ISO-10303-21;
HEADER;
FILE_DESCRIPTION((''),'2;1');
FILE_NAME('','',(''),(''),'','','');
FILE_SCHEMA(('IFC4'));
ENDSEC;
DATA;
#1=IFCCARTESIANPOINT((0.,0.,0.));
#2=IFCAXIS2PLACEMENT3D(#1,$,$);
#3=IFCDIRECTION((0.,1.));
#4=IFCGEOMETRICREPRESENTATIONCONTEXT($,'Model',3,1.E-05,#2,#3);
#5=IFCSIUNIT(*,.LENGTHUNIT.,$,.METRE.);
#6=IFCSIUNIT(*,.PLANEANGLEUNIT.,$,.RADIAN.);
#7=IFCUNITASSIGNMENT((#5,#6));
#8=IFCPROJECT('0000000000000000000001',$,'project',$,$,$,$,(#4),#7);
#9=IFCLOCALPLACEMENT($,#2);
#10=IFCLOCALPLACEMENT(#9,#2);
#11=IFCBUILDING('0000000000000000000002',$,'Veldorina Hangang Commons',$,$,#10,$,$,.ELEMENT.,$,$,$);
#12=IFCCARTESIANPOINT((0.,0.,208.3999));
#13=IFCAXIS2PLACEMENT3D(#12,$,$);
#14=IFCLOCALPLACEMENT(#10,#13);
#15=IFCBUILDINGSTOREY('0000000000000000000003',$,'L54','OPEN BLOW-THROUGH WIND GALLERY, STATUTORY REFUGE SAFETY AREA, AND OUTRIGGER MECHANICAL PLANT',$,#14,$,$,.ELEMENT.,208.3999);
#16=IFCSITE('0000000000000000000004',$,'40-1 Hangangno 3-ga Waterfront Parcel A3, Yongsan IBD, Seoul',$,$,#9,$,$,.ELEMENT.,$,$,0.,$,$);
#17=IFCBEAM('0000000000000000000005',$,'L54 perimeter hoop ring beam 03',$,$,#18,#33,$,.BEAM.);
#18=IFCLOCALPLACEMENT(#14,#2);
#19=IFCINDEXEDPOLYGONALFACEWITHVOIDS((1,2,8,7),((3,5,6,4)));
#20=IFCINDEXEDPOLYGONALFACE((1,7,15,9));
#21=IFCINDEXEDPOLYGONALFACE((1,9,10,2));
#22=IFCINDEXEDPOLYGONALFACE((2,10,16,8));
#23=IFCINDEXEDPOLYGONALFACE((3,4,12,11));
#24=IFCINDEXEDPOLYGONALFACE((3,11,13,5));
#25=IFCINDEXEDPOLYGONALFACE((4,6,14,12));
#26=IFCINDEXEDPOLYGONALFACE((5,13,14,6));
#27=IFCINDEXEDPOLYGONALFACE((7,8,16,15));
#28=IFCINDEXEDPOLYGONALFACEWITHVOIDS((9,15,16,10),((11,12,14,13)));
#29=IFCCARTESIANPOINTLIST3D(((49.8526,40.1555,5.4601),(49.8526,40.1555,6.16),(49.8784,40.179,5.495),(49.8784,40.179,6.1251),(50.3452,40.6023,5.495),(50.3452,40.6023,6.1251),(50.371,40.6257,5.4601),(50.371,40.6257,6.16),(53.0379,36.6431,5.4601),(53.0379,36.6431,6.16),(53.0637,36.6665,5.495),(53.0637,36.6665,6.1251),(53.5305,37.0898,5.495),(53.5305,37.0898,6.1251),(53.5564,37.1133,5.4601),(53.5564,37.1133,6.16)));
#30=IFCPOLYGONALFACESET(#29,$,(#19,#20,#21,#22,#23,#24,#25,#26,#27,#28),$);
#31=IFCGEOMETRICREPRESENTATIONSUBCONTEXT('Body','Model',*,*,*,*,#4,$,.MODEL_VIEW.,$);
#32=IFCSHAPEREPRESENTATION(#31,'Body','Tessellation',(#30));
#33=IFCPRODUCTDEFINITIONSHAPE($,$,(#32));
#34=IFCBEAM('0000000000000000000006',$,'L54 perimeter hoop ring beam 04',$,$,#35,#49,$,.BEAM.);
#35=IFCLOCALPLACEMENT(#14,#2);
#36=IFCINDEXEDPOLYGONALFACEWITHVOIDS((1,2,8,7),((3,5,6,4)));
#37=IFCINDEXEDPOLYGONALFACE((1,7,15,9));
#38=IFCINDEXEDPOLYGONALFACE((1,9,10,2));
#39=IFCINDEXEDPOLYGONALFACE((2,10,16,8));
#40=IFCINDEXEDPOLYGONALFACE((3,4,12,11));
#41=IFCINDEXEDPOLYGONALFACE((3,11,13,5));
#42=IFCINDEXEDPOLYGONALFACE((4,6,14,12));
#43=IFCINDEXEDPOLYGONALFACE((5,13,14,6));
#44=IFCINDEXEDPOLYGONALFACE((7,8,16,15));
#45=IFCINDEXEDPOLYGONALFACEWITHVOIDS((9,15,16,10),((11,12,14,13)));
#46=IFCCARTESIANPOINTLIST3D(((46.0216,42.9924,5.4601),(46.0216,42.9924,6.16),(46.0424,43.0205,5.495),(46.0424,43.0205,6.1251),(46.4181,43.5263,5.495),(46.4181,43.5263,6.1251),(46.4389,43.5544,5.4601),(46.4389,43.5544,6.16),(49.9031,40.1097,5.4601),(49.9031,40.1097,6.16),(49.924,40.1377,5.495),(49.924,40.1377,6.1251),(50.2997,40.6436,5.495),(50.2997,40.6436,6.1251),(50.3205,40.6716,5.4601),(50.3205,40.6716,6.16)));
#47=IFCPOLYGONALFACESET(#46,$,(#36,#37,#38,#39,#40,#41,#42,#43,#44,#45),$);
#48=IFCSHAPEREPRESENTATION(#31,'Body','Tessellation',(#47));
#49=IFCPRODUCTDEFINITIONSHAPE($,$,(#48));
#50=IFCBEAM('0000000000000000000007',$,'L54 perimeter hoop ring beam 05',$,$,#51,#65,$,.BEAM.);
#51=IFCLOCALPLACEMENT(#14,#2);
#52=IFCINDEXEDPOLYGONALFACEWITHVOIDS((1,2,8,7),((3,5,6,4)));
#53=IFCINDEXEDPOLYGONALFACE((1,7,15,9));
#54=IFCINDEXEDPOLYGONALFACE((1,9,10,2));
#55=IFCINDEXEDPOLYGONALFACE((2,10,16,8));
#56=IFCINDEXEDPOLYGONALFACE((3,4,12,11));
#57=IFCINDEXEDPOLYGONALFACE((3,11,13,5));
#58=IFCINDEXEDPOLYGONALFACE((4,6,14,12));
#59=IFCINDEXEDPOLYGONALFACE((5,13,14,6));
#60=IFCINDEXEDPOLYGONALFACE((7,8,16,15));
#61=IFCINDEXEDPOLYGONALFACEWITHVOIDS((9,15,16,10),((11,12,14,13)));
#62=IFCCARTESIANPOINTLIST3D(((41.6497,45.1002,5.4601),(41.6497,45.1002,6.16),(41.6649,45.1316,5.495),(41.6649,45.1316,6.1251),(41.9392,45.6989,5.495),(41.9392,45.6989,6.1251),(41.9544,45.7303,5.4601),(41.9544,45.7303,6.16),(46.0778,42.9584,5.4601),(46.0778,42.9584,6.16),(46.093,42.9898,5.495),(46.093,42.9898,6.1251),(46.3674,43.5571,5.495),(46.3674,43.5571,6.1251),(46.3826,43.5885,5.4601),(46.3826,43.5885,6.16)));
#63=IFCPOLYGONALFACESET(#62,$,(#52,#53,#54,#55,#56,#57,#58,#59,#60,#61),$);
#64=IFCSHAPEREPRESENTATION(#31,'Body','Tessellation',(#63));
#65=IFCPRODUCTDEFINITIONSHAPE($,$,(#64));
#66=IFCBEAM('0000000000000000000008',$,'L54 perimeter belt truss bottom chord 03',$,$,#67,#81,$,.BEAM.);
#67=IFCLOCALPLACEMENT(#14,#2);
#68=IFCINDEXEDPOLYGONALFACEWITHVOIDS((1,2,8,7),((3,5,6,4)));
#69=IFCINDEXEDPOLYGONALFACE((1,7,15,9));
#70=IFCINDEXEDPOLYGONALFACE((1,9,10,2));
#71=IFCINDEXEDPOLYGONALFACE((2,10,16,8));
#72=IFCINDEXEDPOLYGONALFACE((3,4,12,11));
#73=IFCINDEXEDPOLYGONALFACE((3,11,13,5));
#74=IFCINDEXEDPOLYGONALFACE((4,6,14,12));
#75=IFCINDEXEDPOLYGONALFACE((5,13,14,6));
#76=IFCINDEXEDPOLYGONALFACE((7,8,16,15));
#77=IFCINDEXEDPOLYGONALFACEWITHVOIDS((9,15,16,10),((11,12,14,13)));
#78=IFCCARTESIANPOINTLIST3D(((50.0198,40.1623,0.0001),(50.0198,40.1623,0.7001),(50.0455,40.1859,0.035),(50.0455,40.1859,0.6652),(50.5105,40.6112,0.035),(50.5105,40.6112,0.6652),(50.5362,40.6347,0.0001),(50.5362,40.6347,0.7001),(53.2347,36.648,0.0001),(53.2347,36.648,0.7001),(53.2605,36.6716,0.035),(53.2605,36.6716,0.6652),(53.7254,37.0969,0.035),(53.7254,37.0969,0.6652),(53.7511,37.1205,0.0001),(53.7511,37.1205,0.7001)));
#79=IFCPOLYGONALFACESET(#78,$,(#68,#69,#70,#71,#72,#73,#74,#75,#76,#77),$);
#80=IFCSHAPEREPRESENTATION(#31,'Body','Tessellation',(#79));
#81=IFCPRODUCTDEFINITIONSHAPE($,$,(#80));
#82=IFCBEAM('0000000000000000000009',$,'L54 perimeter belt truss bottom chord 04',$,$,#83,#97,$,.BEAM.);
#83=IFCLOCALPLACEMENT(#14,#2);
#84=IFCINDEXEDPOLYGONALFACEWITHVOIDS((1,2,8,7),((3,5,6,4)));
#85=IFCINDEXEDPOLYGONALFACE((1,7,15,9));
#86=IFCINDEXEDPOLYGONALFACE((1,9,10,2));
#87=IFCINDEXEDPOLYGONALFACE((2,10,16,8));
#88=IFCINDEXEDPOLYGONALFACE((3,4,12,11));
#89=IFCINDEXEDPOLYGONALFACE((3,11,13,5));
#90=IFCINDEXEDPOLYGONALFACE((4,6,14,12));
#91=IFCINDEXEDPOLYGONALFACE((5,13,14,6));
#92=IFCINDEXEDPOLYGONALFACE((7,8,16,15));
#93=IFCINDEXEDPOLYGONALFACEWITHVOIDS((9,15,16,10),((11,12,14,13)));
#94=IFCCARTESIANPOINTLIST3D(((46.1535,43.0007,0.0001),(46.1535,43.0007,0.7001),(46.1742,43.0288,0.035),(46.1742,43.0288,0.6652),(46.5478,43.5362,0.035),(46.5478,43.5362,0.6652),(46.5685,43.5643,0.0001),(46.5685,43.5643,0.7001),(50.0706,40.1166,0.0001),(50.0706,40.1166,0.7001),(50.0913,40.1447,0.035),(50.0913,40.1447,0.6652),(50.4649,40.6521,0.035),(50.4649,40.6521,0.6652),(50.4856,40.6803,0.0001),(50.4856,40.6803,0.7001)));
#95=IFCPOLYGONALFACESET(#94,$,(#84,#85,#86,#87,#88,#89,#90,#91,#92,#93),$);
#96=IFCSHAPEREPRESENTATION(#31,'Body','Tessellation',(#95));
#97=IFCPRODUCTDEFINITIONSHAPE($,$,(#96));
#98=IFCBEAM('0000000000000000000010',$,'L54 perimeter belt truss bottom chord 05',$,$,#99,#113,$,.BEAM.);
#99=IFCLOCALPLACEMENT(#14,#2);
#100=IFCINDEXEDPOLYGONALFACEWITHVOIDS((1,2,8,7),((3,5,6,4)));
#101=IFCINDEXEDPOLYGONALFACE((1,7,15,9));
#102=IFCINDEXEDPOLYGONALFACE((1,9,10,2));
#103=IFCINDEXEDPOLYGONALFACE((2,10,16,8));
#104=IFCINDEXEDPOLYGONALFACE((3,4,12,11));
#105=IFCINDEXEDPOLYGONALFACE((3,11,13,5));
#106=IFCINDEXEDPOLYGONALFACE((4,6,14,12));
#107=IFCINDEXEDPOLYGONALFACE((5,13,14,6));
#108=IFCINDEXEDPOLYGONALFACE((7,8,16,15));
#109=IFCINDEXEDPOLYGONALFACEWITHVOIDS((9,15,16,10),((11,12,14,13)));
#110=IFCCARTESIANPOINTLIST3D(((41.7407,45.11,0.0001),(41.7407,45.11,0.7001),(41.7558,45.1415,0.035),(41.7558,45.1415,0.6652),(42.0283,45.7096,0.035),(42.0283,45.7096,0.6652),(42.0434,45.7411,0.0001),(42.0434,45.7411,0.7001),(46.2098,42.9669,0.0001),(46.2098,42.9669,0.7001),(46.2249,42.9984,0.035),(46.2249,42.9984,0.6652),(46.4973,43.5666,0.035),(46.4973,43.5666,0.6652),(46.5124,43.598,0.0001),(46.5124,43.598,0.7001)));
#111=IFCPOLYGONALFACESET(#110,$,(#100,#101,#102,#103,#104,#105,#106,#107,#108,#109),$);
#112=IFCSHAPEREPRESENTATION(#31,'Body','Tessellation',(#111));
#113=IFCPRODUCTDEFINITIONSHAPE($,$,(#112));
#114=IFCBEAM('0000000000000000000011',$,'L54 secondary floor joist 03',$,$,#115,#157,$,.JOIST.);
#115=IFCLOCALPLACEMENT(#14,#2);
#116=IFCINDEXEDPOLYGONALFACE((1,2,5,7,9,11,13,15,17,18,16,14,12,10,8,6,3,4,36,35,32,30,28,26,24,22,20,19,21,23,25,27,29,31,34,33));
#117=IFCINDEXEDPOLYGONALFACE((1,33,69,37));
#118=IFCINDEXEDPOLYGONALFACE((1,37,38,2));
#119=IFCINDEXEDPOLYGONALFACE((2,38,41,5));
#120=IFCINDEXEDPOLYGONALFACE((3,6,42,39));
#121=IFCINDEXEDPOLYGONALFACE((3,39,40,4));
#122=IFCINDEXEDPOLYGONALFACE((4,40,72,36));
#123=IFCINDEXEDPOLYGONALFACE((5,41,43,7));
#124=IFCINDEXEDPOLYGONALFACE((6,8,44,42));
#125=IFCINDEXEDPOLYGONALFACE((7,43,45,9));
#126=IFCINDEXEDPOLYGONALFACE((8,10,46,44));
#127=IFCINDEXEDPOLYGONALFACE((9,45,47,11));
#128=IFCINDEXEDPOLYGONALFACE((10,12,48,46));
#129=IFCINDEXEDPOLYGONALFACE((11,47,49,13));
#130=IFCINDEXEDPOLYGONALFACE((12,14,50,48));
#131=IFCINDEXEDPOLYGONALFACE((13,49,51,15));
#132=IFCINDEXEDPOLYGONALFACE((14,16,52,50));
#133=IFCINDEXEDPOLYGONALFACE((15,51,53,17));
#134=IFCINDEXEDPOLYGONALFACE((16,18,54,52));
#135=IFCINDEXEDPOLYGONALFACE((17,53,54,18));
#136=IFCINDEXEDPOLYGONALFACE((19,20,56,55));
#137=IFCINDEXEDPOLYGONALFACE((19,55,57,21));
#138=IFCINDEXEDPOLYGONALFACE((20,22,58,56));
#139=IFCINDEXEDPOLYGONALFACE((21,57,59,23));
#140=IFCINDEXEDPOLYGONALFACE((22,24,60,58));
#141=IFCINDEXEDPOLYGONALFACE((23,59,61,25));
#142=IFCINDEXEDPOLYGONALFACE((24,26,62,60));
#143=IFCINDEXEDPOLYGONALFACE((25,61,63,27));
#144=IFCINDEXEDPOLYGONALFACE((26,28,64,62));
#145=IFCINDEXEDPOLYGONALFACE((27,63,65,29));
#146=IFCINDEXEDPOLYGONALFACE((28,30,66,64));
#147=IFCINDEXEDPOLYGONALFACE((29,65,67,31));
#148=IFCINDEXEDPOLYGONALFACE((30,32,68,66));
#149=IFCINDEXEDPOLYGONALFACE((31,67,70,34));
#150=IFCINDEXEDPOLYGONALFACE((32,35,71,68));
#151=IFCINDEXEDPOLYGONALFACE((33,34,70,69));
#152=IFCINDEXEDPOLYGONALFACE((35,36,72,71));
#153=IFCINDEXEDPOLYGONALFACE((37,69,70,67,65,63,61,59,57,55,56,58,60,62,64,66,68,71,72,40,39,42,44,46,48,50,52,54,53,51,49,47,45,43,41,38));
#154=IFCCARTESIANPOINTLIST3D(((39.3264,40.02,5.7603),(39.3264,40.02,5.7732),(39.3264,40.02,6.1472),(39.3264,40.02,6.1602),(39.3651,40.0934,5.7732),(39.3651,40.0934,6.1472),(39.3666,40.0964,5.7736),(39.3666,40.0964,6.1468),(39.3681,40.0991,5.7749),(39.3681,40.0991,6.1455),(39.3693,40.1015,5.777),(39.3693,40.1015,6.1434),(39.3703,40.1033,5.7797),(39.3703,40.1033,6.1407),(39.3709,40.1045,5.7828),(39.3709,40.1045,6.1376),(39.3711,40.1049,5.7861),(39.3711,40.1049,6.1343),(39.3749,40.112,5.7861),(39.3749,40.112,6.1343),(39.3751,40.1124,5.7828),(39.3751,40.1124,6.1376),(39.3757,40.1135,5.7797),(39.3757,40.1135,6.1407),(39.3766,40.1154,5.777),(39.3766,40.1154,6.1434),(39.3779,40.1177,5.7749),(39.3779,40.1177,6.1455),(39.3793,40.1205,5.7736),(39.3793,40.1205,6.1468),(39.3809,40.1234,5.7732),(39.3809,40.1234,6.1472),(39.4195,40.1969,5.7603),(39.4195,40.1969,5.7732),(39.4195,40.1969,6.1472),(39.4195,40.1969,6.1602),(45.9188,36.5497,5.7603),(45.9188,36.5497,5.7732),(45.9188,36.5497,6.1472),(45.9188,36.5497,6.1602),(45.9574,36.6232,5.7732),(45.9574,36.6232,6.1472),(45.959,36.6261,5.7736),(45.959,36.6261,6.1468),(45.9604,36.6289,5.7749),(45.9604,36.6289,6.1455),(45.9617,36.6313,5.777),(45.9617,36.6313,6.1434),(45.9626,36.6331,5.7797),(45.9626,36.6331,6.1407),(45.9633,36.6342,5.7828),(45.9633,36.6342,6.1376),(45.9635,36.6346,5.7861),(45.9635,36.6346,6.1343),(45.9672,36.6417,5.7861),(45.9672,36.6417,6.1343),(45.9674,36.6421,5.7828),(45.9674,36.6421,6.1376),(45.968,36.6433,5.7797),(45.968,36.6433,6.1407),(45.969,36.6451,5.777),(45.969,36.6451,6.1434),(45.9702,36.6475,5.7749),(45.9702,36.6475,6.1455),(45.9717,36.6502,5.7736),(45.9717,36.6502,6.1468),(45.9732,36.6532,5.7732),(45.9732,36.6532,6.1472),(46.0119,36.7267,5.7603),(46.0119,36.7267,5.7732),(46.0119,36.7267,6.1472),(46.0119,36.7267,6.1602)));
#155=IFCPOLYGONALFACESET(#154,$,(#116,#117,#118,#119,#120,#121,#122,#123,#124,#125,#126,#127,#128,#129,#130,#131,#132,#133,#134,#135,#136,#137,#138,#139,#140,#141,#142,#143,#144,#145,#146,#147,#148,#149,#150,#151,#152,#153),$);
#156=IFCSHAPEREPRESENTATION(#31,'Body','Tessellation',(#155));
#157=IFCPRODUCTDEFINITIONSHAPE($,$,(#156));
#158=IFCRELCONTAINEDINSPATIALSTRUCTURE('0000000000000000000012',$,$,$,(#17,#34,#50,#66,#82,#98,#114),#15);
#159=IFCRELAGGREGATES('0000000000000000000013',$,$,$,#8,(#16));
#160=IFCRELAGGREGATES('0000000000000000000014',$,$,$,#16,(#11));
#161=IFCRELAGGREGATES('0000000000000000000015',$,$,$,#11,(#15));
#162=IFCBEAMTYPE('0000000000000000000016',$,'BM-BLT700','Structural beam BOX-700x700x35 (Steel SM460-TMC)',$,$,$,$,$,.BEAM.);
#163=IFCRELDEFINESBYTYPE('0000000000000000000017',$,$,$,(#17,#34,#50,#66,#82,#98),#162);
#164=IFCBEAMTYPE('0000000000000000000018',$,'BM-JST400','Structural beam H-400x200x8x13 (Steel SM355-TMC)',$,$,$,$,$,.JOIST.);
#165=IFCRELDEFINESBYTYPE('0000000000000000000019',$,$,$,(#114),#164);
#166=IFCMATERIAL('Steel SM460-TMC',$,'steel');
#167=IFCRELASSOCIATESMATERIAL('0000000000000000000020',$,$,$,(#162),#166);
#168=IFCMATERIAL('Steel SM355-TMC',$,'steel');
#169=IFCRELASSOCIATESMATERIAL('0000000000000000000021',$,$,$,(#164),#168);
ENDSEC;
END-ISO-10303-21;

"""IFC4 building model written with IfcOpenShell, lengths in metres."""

from ifc_helpers import new_model, si_unit, direction, frame, origin, origin_2d, place, context, subcontext, project, spatial, hollow_rectangle, i_section, extrude, material, material_profile, profile_set, type_object, element, save


model = new_model("IFC4")

# Units and contexts
model_context = context("Model", 3, precision=1e-05, world=origin(), true_north=direction((0.0, 1.0)))
body_context = subcontext(model_context, "Body", "Model", "MODEL_VIEW")
ifc_project = project(units=[si_unit("LENGTHUNIT", "METRE"), si_unit("PLANEANGLEUNIT", "RADIAN")], contexts=[model_context])

# Site, building, storey
site_placement = place(None, origin())
site = spatial("IfcSite", under=ifc_project, at=site_placement, Name="40-1 Hangangno 3-ga Waterfront Parcel A3, Yongsan IBD, Seoul", CompositionType="ELEMENT", RefElevation=0.0)
building_placement = place(site_placement, origin())
building = spatial("IfcBuilding", under=site, at=building_placement, Name="Veldorina Hangang Commons", CompositionType="ELEMENT")
storey_placement = place(building_placement, frame((0.0, 0.0, 208.3999)))
storey = spatial("IfcBuildingStorey", under=building, at=storey_placement, Name="L54", Description="OPEN BLOW-THROUGH WIND GALLERY, STATUTORY REFUGE SAFETY AREA, AND OUTRIGGER MECHANICAL PLANT", CompositionType="ELEMENT", Elevation=208.3999)

# Beams
ifc_material_1 = material(Name="Steel SM460-TMC", Category="steel")
ifc_material_profile_1 = material_profile(ifc_material_1, hollow_rectangle(XDim=0.7, YDim=0.7, WallThickness=0.0349, at=origin_2d()), Name="BOX-700x700x35")
ifc_profile_set_1 = profile_set([ifc_material_profile_1], Name="Steel SM460-TMC")
beam_type_1 = type_object("IfcBeamType", Name="BM-BLT700", Description="Structural beam BOX-700x700x35 (Steel SM460-TMC)", PredefinedType="BEAM", material=ifc_profile_set_1)
beam_1_placement = place(storey_placement, frame((53.2971, 36.8782, 5.8101), z_axis=(-0.671768, 0.740762, 0.0), x_axis=(-0.740762, -0.671768, 0.0)))
element("IfcBeam", 1, at=beam_1_placement, inside=storey, type_object=beam_type_1, Name="L54 perimeter hoop ring beam 03", PredefinedType="BEAM", context=body_context, shape_type="SweptSolid", body=[
    extrude(hollow_rectangle(XDim=0.7, YDim=0.7, WallThickness=0.0349, at=origin_2d()), origin(), (0.0, 0.0, 1.0), 4.7417),
])
beam_2_placement = place(storey_placement, frame((50.1118, 40.3906, 5.8101), z_axis=(-0.802809, 0.596237, 0.0), x_axis=(-0.596237, -0.802809, 0.0)))
element("IfcBeam", 2, at=beam_2_placement, inside=storey, type_object=beam_type_1, Name="L54 perimeter hoop ring beam 04", PredefinedType="BEAM", context=body_context, shape_type="SweptSolid", body=[
    extrude(hollow_rectangle(XDim=0.7, YDim=0.7, WallThickness=0.0349, at=origin_2d()), origin(), (0.0, 0.0, 1.0), 4.835),
])
beam_3_placement = place(storey_placement, frame((46.2302, 43.2734, 5.8101), z_axis=(-0.900226, 0.435422, 0.0), x_axis=(-0.435422, -0.900226, 0.0)))
element("IfcBeam", 3, at=beam_3_placement, inside=storey, type_object=beam_type_1, Name="L54 perimeter hoop ring beam 05", PredefinedType="BEAM", context=body_context, shape_type="SweptSolid", body=[
    extrude(hollow_rectangle(XDim=0.7, YDim=0.7, WallThickness=0.0349, at=origin_2d()), origin(), (0.0, 0.0, 1.0), 4.9189),
])
beam_4_placement = place(storey_placement, frame((53.4929, 36.8843, 0.3501), z_axis=(-0.674986, 0.73783, 0.0), x_axis=(-0.73783, -0.674986, 0.0)))
element("IfcBeam", 4, at=beam_4_placement, inside=storey, type_object=beam_type_1, Name="L54 perimeter belt truss bottom chord 03", PredefinedType="BEAM", context=body_context, shape_type="SweptSolid", body=[
    extrude(hollow_rectangle(XDim=0.7, YDim=0.7, WallThickness=0.0349, at=origin_2d()), origin(), (0.0, 0.0, 1.0), 4.7629),
])
beam_5_placement = place(storey_placement, frame((50.2781, 40.3984, 0.3501), z_axis=(-0.805269, 0.59291, 0.0), x_axis=(-0.59291, -0.805269, 0.0)))
element("IfcBeam", 5, at=beam_5_placement, inside=storey, type_object=beam_type_1, Name="L54 perimeter belt truss bottom chord 04", PredefinedType="BEAM", context=body_context, shape_type="SweptSolid", body=[
    extrude(hollow_rectangle(XDim=0.7, YDim=0.7, WallThickness=0.0349, at=origin_2d()), origin(), (0.0, 0.0, 1.0), 4.8643),
])
beam_6_placement = place(storey_placement, frame((46.3611, 43.2825, 0.3501), z_axis=(-0.901684, 0.432395, 0.0), x_axis=(-0.432395, -0.901684, 0.0)))
element("IfcBeam", 6, at=beam_6_placement, inside=storey, type_object=beam_type_1, Name="L54 perimeter belt truss bottom chord 05", PredefinedType="BEAM", context=body_context, shape_type="SweptSolid", body=[
    extrude(hollow_rectangle(XDim=0.7, YDim=0.7, WallThickness=0.0349, at=origin_2d()), origin(), (0.0, 0.0, 1.0), 4.9563),
])
ifc_material_2 = material(Name="Steel SM355-TMC", Category="steel")
ifc_material_profile_2 = material_profile(ifc_material_2, i_section(OverallWidth=0.2, OverallDepth=0.3999, WebThickness=0.0081, FlangeThickness=0.0129, FilletRadius=0.0129, at=origin_2d()), Name="H-400x200x8x13")
ifc_profile_set_2 = profile_set([ifc_material_profile_2], Name="Steel SM355-TMC")
beam_type_2 = type_object("IfcBeamType", Name="BM-JST400", Description="Structural beam H-400x200x8x13 (Steel SM355-TMC)", PredefinedType="JOIST", material=ifc_profile_set_2)
beam_7_placement = place(storey_placement, frame((45.9653, 36.6382, 5.9602), z_axis=(-0.884886, 0.465809, 0.0), x_axis=(-0.465809, -0.884886, 0.0)))
element("IfcBeam", 7, at=beam_7_placement, inside=storey, type_object=beam_type_2, Name="L54 secondary floor joist 03", PredefinedType="JOIST", context=body_context, shape_type="SweptSolid", body=[
    extrude(i_section(OverallWidth=0.2, OverallDepth=0.3999, WebThickness=0.0081, FlangeThickness=0.0129, FilletRadius=0.0129, at=origin_2d()), origin(), (0.0, 0.0, 1.0), 7.45),
])

save(model, "model.ifc")
